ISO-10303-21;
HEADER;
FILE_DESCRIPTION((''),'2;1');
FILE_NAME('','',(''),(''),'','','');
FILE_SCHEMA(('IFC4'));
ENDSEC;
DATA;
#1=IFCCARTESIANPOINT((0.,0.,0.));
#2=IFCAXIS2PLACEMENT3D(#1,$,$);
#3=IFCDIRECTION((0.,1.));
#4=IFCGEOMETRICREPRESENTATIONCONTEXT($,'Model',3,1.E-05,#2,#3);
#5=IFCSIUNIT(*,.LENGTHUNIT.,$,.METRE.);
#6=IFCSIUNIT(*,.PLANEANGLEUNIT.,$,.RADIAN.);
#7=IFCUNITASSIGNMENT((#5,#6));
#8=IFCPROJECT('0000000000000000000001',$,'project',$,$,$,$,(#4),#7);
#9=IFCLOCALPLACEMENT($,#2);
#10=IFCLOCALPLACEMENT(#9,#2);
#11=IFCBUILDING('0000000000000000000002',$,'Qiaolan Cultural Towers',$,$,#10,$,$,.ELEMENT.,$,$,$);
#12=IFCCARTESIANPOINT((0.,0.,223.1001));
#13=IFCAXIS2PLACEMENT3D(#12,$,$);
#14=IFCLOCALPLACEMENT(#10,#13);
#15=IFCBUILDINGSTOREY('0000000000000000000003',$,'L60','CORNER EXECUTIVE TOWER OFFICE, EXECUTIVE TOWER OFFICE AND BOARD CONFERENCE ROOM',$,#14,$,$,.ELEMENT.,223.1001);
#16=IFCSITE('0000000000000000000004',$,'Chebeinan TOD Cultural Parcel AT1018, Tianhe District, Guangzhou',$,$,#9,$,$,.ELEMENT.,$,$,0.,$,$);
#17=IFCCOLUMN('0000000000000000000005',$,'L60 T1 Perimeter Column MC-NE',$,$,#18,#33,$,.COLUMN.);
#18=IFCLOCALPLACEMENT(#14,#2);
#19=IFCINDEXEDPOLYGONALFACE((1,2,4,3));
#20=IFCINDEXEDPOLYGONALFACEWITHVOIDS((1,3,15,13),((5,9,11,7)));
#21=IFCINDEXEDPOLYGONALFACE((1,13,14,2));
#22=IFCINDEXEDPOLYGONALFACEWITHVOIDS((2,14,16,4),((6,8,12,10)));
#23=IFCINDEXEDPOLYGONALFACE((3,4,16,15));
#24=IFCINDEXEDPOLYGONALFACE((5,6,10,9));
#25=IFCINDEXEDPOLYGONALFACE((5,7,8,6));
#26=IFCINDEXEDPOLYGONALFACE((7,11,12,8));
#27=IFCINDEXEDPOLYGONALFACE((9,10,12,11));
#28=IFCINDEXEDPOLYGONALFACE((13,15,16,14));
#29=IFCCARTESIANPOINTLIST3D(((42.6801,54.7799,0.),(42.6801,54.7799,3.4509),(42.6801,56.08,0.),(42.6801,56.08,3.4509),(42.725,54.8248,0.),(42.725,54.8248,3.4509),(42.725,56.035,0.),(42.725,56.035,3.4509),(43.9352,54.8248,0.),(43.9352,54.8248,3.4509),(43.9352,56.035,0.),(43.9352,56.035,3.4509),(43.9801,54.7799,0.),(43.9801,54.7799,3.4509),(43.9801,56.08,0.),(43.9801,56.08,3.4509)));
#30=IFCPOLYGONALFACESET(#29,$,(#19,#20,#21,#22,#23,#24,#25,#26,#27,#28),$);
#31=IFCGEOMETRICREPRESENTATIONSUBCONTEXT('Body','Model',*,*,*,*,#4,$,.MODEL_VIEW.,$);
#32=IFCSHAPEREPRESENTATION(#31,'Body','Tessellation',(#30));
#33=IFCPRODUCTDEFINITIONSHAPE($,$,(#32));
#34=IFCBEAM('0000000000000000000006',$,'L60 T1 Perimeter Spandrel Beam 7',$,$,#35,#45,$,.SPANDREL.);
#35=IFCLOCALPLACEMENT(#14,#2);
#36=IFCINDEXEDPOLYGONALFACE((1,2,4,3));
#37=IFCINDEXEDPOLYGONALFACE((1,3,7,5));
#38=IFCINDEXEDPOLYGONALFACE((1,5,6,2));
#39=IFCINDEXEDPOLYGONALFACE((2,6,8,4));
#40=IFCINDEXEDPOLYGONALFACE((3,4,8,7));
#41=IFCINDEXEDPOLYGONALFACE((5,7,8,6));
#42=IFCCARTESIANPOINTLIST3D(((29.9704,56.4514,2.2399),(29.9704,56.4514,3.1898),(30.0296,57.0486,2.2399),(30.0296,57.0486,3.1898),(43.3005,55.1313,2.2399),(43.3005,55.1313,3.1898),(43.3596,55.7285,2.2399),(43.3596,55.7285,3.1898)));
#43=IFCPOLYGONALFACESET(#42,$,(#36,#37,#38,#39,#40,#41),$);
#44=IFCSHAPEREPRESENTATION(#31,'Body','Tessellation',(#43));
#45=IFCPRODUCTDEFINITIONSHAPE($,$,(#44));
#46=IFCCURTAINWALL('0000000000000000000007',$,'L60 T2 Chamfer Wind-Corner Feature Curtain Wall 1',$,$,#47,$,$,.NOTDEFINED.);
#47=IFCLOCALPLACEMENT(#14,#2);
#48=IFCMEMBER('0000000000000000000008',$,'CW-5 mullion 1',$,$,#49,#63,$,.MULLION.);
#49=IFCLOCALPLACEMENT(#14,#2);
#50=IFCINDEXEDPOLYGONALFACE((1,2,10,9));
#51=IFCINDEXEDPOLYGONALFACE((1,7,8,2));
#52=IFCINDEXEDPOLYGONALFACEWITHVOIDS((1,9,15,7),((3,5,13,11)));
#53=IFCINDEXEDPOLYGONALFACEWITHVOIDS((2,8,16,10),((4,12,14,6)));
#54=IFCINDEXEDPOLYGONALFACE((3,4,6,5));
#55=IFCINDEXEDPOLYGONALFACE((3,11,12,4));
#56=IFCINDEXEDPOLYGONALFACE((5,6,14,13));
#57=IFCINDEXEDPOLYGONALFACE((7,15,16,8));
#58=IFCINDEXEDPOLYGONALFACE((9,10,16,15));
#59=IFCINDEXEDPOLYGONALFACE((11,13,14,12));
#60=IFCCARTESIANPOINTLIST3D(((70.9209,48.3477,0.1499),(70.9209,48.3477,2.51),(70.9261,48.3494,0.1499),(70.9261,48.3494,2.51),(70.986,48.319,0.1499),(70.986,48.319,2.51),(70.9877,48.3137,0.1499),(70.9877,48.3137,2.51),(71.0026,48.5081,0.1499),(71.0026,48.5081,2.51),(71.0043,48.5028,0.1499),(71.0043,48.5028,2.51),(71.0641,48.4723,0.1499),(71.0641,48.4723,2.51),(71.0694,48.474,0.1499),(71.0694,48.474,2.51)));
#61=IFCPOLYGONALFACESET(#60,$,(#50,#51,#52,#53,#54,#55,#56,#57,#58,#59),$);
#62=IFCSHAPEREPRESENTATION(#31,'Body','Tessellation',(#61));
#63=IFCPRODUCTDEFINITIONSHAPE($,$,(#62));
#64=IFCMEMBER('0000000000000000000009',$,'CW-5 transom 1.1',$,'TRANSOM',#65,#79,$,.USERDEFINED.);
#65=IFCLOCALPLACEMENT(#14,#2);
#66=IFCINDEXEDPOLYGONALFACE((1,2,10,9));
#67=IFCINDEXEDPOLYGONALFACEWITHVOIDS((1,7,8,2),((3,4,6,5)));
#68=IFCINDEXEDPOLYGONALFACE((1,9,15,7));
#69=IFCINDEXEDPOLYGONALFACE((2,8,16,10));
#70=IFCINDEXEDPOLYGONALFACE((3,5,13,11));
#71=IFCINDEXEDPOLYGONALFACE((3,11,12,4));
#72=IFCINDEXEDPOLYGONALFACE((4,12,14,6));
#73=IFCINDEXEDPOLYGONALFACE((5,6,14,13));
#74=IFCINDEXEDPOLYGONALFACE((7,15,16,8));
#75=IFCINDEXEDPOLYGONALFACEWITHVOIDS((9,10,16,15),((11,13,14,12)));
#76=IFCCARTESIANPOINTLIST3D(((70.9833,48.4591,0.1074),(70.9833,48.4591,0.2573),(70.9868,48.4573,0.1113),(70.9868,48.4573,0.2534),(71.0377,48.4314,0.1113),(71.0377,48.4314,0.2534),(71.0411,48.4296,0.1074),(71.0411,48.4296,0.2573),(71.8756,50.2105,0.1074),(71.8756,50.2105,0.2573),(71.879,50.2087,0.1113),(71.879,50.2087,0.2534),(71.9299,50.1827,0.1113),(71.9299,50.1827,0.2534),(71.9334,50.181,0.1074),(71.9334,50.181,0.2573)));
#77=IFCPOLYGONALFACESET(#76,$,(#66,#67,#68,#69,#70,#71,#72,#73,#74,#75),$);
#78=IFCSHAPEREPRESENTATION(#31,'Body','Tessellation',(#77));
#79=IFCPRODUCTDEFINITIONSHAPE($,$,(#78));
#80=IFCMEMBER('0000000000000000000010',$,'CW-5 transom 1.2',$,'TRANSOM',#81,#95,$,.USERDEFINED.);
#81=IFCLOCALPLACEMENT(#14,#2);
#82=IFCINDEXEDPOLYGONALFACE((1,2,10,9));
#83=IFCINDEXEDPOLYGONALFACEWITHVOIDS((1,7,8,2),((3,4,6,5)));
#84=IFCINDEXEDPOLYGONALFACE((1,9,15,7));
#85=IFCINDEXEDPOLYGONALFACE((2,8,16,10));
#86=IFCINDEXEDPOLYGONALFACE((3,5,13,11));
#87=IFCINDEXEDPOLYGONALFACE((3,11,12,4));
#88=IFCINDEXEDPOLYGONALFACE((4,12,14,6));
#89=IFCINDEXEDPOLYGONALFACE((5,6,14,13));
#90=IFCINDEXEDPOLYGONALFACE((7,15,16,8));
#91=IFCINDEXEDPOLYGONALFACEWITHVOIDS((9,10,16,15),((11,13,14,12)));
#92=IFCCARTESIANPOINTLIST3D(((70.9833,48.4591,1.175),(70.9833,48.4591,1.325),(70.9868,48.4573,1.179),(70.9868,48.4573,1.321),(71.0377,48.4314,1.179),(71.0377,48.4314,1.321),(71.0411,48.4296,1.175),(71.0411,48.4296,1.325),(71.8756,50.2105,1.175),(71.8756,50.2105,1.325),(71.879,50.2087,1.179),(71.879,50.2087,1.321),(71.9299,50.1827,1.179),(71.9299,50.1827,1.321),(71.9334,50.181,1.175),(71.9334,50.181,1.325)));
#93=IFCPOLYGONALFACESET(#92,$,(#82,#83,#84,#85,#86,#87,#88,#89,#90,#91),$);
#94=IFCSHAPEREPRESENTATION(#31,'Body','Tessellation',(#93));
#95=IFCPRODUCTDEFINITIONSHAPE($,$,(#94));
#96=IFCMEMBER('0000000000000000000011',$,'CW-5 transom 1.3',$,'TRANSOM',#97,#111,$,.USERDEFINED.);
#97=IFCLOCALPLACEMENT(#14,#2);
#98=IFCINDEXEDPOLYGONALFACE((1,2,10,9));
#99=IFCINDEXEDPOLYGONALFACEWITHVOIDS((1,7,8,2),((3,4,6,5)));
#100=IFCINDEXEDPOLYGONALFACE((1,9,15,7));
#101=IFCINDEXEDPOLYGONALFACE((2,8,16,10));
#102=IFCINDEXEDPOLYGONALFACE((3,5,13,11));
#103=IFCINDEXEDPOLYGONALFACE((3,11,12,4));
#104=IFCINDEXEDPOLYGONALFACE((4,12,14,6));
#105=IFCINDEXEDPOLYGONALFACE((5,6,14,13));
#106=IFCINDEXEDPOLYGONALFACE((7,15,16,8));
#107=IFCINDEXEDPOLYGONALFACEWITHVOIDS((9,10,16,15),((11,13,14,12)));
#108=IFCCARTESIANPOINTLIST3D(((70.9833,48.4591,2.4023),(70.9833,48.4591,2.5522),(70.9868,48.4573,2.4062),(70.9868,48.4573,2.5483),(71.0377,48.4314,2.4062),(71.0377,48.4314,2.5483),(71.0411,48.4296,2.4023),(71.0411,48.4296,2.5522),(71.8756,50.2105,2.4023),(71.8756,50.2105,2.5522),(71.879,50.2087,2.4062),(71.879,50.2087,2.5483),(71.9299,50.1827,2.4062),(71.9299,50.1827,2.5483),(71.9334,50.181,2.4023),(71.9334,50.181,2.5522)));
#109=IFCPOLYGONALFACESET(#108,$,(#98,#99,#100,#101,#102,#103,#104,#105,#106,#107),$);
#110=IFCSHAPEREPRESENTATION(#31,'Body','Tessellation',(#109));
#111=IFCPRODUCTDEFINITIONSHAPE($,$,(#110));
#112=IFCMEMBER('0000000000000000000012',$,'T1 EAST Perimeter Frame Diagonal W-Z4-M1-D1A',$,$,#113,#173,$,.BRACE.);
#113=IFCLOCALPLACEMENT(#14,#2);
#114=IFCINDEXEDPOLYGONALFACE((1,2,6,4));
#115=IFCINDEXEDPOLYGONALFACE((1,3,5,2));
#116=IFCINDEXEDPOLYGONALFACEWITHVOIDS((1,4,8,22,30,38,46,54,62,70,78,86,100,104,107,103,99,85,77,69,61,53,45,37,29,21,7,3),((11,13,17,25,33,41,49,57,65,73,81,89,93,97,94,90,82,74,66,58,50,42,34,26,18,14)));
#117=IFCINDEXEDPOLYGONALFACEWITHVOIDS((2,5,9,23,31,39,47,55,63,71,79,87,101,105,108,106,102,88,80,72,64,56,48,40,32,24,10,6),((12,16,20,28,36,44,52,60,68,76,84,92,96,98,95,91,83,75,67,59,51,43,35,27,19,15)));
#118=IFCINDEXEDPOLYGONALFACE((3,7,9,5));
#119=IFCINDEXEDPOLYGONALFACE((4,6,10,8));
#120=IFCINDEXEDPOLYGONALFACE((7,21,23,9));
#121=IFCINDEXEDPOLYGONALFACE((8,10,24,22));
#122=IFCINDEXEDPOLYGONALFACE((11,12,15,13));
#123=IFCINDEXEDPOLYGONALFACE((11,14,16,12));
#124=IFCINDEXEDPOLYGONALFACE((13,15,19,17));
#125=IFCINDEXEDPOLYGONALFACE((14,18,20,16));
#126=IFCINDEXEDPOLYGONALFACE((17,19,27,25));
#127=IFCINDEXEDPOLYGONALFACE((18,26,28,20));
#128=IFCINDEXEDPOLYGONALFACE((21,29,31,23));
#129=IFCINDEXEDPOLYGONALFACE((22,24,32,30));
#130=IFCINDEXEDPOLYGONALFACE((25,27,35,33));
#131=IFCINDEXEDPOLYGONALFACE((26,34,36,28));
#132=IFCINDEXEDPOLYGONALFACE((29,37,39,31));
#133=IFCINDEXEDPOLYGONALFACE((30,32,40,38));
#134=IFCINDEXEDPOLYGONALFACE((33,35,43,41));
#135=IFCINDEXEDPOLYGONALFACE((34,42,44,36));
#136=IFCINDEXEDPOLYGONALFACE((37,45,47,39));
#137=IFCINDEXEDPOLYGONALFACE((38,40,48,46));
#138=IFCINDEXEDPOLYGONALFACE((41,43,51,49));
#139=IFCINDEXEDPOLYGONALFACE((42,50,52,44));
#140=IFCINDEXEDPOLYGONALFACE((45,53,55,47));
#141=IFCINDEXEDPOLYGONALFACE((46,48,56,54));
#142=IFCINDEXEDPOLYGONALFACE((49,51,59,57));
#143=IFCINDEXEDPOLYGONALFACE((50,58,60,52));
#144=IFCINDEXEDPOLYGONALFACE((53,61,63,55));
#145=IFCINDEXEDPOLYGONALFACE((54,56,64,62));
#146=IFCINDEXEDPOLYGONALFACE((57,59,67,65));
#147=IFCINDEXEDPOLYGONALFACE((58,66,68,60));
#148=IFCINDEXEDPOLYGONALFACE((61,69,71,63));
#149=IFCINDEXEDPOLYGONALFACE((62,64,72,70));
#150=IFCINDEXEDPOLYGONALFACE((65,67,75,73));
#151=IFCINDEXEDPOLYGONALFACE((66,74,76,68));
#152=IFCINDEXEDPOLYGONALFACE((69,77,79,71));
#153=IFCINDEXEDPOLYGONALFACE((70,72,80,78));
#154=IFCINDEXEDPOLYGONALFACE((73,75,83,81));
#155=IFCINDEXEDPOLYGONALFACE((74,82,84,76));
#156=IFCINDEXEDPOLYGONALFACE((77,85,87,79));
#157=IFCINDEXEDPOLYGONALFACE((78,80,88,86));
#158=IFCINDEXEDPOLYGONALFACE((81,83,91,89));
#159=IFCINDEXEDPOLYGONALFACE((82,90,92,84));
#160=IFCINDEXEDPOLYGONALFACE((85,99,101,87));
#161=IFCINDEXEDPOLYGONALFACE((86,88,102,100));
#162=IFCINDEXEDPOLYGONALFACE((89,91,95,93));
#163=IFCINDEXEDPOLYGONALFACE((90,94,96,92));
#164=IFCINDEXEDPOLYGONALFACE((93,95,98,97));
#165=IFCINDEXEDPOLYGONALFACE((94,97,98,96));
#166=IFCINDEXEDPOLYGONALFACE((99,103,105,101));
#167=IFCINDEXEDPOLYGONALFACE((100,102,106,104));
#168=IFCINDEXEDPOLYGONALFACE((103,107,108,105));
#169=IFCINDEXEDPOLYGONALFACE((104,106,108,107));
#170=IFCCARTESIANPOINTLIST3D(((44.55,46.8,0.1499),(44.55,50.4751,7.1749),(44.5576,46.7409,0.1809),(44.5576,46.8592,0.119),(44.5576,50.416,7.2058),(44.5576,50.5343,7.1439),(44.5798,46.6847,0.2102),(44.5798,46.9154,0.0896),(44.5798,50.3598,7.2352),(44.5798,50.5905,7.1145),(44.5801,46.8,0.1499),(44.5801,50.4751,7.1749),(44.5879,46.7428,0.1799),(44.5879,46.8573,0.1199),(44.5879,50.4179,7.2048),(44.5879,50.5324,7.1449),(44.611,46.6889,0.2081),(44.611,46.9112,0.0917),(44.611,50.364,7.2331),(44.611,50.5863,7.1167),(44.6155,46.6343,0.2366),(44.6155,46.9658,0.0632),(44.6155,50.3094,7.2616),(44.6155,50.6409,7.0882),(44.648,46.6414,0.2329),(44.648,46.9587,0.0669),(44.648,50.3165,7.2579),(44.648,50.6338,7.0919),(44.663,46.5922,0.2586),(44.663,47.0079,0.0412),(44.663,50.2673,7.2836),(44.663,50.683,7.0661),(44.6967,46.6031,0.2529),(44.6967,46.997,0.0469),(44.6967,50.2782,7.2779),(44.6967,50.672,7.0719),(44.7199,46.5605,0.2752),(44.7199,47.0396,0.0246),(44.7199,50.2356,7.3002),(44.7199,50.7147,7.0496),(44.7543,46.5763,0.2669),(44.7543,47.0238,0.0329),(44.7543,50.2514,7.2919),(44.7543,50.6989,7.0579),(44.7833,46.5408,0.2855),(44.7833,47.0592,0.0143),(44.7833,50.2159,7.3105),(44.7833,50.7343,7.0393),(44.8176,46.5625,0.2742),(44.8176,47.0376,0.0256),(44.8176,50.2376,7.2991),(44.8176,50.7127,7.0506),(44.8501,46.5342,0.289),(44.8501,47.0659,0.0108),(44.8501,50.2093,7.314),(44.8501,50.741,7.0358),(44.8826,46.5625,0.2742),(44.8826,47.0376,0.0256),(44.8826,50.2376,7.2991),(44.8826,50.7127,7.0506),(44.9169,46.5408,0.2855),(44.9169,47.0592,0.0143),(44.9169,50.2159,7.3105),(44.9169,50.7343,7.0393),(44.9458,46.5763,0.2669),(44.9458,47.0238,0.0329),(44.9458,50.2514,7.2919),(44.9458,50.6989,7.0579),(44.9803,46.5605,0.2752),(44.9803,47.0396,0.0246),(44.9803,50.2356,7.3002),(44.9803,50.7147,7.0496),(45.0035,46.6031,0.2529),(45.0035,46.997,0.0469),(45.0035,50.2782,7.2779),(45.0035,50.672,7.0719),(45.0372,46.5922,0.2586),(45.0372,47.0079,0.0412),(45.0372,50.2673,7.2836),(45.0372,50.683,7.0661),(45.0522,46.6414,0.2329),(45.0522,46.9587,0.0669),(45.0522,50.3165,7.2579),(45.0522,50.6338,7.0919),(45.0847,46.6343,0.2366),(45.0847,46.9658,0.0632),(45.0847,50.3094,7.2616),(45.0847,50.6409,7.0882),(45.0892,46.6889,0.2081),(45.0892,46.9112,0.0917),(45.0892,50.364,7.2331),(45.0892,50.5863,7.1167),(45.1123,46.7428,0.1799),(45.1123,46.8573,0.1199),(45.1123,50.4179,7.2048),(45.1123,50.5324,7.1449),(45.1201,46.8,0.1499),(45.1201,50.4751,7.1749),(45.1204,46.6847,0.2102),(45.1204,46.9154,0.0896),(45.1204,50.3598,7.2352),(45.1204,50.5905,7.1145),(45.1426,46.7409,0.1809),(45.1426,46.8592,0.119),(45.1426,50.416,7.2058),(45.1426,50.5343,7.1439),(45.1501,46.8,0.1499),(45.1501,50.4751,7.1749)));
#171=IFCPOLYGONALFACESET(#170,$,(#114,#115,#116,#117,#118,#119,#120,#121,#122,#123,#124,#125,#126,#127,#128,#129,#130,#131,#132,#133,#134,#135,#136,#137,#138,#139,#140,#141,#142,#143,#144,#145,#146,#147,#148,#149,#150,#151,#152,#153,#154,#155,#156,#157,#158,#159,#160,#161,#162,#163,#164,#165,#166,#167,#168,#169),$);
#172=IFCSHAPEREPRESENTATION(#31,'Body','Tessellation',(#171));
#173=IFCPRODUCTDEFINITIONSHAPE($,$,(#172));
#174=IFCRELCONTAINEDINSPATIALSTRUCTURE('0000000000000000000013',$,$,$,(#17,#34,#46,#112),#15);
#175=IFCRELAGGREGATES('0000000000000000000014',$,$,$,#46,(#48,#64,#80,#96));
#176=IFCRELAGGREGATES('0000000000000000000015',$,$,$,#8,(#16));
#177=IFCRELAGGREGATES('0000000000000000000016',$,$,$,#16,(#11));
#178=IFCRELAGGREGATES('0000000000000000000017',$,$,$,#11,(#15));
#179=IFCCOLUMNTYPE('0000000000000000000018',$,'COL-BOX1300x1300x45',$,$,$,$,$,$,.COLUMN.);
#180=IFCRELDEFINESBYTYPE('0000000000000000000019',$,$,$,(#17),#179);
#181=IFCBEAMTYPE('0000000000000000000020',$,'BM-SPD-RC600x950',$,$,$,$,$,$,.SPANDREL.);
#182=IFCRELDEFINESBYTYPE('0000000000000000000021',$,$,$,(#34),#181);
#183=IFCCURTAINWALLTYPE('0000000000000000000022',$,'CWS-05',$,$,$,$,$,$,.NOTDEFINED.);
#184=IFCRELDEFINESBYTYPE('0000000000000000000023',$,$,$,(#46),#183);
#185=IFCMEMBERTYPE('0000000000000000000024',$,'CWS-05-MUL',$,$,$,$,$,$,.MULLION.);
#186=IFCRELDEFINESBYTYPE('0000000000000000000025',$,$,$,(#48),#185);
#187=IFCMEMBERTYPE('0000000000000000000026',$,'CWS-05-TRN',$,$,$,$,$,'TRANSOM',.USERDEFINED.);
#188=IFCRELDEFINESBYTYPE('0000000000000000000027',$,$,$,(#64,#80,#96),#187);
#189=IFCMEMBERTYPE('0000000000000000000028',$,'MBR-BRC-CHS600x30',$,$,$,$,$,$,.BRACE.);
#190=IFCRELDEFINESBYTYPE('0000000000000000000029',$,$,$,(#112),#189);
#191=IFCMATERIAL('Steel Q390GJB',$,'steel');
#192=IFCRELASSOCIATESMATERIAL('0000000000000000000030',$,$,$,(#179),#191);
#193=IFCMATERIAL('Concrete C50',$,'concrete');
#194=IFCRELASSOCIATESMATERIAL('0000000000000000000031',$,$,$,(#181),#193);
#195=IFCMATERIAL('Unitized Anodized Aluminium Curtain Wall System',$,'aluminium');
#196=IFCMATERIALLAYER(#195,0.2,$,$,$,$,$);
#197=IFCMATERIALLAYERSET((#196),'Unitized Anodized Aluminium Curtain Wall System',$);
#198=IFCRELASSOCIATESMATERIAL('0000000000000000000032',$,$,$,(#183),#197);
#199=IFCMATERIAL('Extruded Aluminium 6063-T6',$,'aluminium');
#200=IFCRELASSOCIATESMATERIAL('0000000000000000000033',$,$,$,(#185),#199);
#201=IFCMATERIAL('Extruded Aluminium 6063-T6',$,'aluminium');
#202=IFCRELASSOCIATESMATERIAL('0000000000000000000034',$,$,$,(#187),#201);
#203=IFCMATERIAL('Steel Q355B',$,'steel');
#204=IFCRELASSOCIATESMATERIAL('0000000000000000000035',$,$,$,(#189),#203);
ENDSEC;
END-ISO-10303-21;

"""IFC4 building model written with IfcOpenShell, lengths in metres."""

from ifc_helpers import new_model, si_unit, direction, frame, origin, origin_2d, place, context, subcontext, project, spatial, rectangle, hollow_rectangle, hollow_circle, extrude, material, layer, layer_set, material_profile, profile_set, type_object, element, aggregate, save


model = new_model("IFC4")

# Units and contexts
model_context = context("Model", 3, precision=1e-05, world=origin(), true_north=direction((0.0, 1.0)))
body_context = subcontext(model_context, "Body", "Model", "MODEL_VIEW")
ifc_project = project(units=[si_unit("LENGTHUNIT", "METRE"), si_unit("PLANEANGLEUNIT", "RADIAN")], contexts=[model_context])

# Site, building, storey
site_placement = place(None, origin())
site = spatial("IfcSite", under=ifc_project, at=site_placement, Name="Chebeinan TOD Cultural Parcel AT1018, Tianhe District, Guangzhou", CompositionType="ELEMENT", RefElevation=0.0)
building_placement = place(site_placement, origin())
building = spatial("IfcBuilding", under=site, at=building_placement, Name="Qiaolan Cultural Towers", CompositionType="ELEMENT")
storey_placement = place(building_placement, frame((0.0, 0.0, 223.1001)))
storey = spatial("IfcBuildingStorey", under=building, at=storey_placement, Name="L60", Description="CORNER EXECUTIVE TOWER OFFICE, EXECUTIVE TOWER OFFICE AND BOARD CONFERENCE ROOM", CompositionType="ELEMENT", Elevation=223.1001)

# Column
ifc_material_1 = material(Name="Steel Q390GJB", Category="steel")
ifc_material_profile_1 = material_profile(ifc_material_1, hollow_rectangle(XDim=1.3, YDim=1.3, WallThickness=0.0449, at=origin_2d()), Name="BOX1300x1300x45")
ifc_profile_set_1 = profile_set([ifc_material_profile_1], Name="Steel Q390GJB")
column_type = type_object("IfcColumnType", Name="COL-BOX1300x1300x45", PredefinedType="COLUMN", material=ifc_profile_set_1)
column_placement = place(storey_placement, frame((43.3301, 55.4299, 0.0), z_axis=(0.0, 0.0, 1.0), x_axis=(1.0, 0.0, 0.0)))
element("IfcColumn", 1, at=column_placement, inside=storey, type_object=column_type, Name="L60 T1 Perimeter Column MC-NE", PredefinedType="COLUMN", context=body_context, shape_type="SweptSolid", body=[
    extrude(hollow_rectangle(XDim=1.3, YDim=1.3, WallThickness=0.0449, at=origin_2d()), origin(), (0.0, 0.0, 1.0), 3.4509),
])

# Beam
ifc_material_2 = material(Name="Concrete C50", Category="concrete")
ifc_material_profile_2 = material_profile(ifc_material_2, rectangle(XDim=0.6001, YDim=0.95, at=origin_2d()), Name="RC600x950")
ifc_profile_set_2 = profile_set([ifc_material_profile_2], Name="Concrete C50")
beam_type = type_object("IfcBeamType", Name="BM-SPD-RC600x950", PredefinedType="SPANDREL", material=ifc_profile_set_2)
beam_placement = place(storey_placement, frame((43.3301, 55.4299, 2.7148), z_axis=(-0.995132, 0.098547, 0.0), x_axis=(-0.098547, -0.995132, 0.0)))
element("IfcBeam", 2, at=beam_placement, inside=storey, type_object=beam_type, Name="L60 T1 Perimeter Spandrel Beam 7", PredefinedType="SPANDREL", context=body_context, shape_type="SweptSolid", body=[
    extrude(rectangle(XDim=0.6001, YDim=0.95, at=origin_2d()), origin(), (0.0, 0.0, 1.0), 13.3953),
])

# Curtain wall, members
ifc_material_3 = material(Name="Unitized Anodized Aluminium Curtain Wall System", Category="aluminium")
ifc_layer_1 = layer(ifc_material_3, 0.2)
ifc_layer_set_1 = layer_set([ifc_layer_1], Name="Unitized Anodized Aluminium Curtain Wall System")
curtain_wall_type = type_object("IfcCurtainWallType", Name="CWS-05", PredefinedType="NOTDEFINED", material=ifc_layer_set_1)
curtain_wall_placement = place(storey_placement, origin())
curtain_wall = element("IfcCurtainWall", 3, at=curtain_wall_placement, inside=storey, type_object=curtain_wall_type, Name="L60 T2 Chamfer Wind-Corner Feature Curtain Wall 1", PredefinedType="NOTDEFINED")
ifc_material_4 = material(Name="Extruded Aluminium 6063-T6", Category="aluminium")
ifc_material_profile_3 = material_profile(ifc_material_4, hollow_rectangle(XDim=0.075, YDim=0.1799, WallThickness=0.0039, at=origin_2d()), Name="CWM-180x75x4")
ifc_profile_set_3 = profile_set([ifc_material_profile_3], Name="Extruded Aluminium 6063-T6")
member_type_1 = type_object("IfcMemberType", Name="CWS-05-MUL", PredefinedType="MULLION", material=ifc_profile_set_3)
member_1_placement = place(storey_placement, frame((70.9951, 48.4109, 0.1499), z_axis=(0.0, 0.0, 1.0), x_axis=(-0.891007, 0.45399, 0.0)))
member_1 = element("IfcMember", 4, at=member_1_placement, type_object=member_type_1, Name="CW-5 mullion 1", PredefinedType="MULLION", context=body_context, shape_type="SweptSolid", body=[
    extrude(hollow_rectangle(XDim=0.075, YDim=0.1799, WallThickness=0.0039, at=origin_2d()), origin(), (0.0, 0.0, 1.0), 2.3601),
])
ifc_material_5 = material(Name="Extruded Aluminium 6063-T6", Category="aluminium")
ifc_material_profile_4 = material_profile(ifc_material_5, hollow_rectangle(XDim=0.0649, YDim=0.1499, WallThickness=0.0039, at=origin_2d()), Name="CWT-150x65x4")
ifc_profile_set_4 = profile_set([ifc_material_profile_4], Name="Extruded Aluminium 6063-T6")
member_type_2 = type_object("IfcMemberType", Name="CWS-05-TRN", ElementType="TRANSOM", PredefinedType="USERDEFINED", material=ifc_profile_set_4)
member_2_placement = place(storey_placement, frame((71.0122, 48.4443, 0.1824), z_axis=(0.453957, 0.891023, 0.0), x_axis=(-0.891023, 0.453957, 0.0)))
member_2 = element("IfcMember", 5, at=member_2_placement, type_object=member_type_2, Name="CW-5 transom 1.1", ObjectType="TRANSOM", PredefinedType="USERDEFINED", context=body_context, shape_type="SweptSolid", body=[
    extrude(hollow_rectangle(XDim=0.0649, YDim=0.1499, WallThickness=0.0039, at=origin_2d()), origin(), (0.0, 0.0, 1.0), 1.9656),
])
member_3_placement = place(storey_placement, frame((71.0122, 48.4443, 1.25), z_axis=(0.453957, 0.891023, 0.0), x_axis=(-0.891023, 0.453957, 0.0)))
member_3 = element("IfcMember", 6, at=member_3_placement, type_object=member_type_2, Name="CW-5 transom 1.2", ObjectType="TRANSOM", PredefinedType="USERDEFINED", context=body_context, shape_type="SweptSolid", body=[
    extrude(hollow_rectangle(XDim=0.0649, YDim=0.1499, WallThickness=0.0039, at=origin_2d()), origin(), (0.0, 0.0, 1.0), 1.9656),
])
member_4_placement = place(storey_placement, frame((71.0122, 48.4443, 2.4773), z_axis=(0.453957, 0.891023, 0.0), x_axis=(-0.891023, 0.453957, 0.0)))
member_4 = element("IfcMember", 7, at=member_4_placement, type_object=member_type_2, Name="CW-5 transom 1.3", ObjectType="TRANSOM", PredefinedType="USERDEFINED", context=body_context, shape_type="SweptSolid", body=[
    extrude(hollow_rectangle(XDim=0.0649, YDim=0.1499, WallThickness=0.0039, at=origin_2d()), origin(), (0.0, 0.0, 1.0), 1.9656),
])
aggregate(curtain_wall, [member_1, member_2, member_3, member_4])

# Member
ifc_material_6 = material(Name="Steel Q355B", Category="steel")
ifc_material_profile_5 = material_profile(ifc_material_6, hollow_circle(Radius=0.3, WallThickness=0.03, at=origin_2d()), Name="CHS600x30")
ifc_profile_set_5 = profile_set([ifc_material_profile_5], Name="Steel Q355B")
member_type_3 = type_object("IfcMemberType", Name="MBR-BRC-CHS600x30", PredefinedType="BRACE", material=ifc_profile_set_5)
for number, where, z_axis, x_axis, name in (
    (8, (44.8501, 46.8, 0.1499), (0.0, 0.463546, 0.886073), (-1.0, 0.0, 0.0), "T1 EAST Perimeter Frame Diagonal W-Z4-M1-D1A"),
):
    element("IfcMember", number, at=place(storey_placement, frame(where, z_axis=z_axis, x_axis=x_axis)), inside=storey, type_object=member_type_3, Name=name, PredefinedType="BRACE", context=body_context, shape_type="SweptSolid", body=[
        extrude(hollow_circle(Radius=0.3, WallThickness=0.03, at=origin_2d()), origin(), (0.0, 0.0, 1.0), 7.9282),
    ])

save(model, "model.ifc")
